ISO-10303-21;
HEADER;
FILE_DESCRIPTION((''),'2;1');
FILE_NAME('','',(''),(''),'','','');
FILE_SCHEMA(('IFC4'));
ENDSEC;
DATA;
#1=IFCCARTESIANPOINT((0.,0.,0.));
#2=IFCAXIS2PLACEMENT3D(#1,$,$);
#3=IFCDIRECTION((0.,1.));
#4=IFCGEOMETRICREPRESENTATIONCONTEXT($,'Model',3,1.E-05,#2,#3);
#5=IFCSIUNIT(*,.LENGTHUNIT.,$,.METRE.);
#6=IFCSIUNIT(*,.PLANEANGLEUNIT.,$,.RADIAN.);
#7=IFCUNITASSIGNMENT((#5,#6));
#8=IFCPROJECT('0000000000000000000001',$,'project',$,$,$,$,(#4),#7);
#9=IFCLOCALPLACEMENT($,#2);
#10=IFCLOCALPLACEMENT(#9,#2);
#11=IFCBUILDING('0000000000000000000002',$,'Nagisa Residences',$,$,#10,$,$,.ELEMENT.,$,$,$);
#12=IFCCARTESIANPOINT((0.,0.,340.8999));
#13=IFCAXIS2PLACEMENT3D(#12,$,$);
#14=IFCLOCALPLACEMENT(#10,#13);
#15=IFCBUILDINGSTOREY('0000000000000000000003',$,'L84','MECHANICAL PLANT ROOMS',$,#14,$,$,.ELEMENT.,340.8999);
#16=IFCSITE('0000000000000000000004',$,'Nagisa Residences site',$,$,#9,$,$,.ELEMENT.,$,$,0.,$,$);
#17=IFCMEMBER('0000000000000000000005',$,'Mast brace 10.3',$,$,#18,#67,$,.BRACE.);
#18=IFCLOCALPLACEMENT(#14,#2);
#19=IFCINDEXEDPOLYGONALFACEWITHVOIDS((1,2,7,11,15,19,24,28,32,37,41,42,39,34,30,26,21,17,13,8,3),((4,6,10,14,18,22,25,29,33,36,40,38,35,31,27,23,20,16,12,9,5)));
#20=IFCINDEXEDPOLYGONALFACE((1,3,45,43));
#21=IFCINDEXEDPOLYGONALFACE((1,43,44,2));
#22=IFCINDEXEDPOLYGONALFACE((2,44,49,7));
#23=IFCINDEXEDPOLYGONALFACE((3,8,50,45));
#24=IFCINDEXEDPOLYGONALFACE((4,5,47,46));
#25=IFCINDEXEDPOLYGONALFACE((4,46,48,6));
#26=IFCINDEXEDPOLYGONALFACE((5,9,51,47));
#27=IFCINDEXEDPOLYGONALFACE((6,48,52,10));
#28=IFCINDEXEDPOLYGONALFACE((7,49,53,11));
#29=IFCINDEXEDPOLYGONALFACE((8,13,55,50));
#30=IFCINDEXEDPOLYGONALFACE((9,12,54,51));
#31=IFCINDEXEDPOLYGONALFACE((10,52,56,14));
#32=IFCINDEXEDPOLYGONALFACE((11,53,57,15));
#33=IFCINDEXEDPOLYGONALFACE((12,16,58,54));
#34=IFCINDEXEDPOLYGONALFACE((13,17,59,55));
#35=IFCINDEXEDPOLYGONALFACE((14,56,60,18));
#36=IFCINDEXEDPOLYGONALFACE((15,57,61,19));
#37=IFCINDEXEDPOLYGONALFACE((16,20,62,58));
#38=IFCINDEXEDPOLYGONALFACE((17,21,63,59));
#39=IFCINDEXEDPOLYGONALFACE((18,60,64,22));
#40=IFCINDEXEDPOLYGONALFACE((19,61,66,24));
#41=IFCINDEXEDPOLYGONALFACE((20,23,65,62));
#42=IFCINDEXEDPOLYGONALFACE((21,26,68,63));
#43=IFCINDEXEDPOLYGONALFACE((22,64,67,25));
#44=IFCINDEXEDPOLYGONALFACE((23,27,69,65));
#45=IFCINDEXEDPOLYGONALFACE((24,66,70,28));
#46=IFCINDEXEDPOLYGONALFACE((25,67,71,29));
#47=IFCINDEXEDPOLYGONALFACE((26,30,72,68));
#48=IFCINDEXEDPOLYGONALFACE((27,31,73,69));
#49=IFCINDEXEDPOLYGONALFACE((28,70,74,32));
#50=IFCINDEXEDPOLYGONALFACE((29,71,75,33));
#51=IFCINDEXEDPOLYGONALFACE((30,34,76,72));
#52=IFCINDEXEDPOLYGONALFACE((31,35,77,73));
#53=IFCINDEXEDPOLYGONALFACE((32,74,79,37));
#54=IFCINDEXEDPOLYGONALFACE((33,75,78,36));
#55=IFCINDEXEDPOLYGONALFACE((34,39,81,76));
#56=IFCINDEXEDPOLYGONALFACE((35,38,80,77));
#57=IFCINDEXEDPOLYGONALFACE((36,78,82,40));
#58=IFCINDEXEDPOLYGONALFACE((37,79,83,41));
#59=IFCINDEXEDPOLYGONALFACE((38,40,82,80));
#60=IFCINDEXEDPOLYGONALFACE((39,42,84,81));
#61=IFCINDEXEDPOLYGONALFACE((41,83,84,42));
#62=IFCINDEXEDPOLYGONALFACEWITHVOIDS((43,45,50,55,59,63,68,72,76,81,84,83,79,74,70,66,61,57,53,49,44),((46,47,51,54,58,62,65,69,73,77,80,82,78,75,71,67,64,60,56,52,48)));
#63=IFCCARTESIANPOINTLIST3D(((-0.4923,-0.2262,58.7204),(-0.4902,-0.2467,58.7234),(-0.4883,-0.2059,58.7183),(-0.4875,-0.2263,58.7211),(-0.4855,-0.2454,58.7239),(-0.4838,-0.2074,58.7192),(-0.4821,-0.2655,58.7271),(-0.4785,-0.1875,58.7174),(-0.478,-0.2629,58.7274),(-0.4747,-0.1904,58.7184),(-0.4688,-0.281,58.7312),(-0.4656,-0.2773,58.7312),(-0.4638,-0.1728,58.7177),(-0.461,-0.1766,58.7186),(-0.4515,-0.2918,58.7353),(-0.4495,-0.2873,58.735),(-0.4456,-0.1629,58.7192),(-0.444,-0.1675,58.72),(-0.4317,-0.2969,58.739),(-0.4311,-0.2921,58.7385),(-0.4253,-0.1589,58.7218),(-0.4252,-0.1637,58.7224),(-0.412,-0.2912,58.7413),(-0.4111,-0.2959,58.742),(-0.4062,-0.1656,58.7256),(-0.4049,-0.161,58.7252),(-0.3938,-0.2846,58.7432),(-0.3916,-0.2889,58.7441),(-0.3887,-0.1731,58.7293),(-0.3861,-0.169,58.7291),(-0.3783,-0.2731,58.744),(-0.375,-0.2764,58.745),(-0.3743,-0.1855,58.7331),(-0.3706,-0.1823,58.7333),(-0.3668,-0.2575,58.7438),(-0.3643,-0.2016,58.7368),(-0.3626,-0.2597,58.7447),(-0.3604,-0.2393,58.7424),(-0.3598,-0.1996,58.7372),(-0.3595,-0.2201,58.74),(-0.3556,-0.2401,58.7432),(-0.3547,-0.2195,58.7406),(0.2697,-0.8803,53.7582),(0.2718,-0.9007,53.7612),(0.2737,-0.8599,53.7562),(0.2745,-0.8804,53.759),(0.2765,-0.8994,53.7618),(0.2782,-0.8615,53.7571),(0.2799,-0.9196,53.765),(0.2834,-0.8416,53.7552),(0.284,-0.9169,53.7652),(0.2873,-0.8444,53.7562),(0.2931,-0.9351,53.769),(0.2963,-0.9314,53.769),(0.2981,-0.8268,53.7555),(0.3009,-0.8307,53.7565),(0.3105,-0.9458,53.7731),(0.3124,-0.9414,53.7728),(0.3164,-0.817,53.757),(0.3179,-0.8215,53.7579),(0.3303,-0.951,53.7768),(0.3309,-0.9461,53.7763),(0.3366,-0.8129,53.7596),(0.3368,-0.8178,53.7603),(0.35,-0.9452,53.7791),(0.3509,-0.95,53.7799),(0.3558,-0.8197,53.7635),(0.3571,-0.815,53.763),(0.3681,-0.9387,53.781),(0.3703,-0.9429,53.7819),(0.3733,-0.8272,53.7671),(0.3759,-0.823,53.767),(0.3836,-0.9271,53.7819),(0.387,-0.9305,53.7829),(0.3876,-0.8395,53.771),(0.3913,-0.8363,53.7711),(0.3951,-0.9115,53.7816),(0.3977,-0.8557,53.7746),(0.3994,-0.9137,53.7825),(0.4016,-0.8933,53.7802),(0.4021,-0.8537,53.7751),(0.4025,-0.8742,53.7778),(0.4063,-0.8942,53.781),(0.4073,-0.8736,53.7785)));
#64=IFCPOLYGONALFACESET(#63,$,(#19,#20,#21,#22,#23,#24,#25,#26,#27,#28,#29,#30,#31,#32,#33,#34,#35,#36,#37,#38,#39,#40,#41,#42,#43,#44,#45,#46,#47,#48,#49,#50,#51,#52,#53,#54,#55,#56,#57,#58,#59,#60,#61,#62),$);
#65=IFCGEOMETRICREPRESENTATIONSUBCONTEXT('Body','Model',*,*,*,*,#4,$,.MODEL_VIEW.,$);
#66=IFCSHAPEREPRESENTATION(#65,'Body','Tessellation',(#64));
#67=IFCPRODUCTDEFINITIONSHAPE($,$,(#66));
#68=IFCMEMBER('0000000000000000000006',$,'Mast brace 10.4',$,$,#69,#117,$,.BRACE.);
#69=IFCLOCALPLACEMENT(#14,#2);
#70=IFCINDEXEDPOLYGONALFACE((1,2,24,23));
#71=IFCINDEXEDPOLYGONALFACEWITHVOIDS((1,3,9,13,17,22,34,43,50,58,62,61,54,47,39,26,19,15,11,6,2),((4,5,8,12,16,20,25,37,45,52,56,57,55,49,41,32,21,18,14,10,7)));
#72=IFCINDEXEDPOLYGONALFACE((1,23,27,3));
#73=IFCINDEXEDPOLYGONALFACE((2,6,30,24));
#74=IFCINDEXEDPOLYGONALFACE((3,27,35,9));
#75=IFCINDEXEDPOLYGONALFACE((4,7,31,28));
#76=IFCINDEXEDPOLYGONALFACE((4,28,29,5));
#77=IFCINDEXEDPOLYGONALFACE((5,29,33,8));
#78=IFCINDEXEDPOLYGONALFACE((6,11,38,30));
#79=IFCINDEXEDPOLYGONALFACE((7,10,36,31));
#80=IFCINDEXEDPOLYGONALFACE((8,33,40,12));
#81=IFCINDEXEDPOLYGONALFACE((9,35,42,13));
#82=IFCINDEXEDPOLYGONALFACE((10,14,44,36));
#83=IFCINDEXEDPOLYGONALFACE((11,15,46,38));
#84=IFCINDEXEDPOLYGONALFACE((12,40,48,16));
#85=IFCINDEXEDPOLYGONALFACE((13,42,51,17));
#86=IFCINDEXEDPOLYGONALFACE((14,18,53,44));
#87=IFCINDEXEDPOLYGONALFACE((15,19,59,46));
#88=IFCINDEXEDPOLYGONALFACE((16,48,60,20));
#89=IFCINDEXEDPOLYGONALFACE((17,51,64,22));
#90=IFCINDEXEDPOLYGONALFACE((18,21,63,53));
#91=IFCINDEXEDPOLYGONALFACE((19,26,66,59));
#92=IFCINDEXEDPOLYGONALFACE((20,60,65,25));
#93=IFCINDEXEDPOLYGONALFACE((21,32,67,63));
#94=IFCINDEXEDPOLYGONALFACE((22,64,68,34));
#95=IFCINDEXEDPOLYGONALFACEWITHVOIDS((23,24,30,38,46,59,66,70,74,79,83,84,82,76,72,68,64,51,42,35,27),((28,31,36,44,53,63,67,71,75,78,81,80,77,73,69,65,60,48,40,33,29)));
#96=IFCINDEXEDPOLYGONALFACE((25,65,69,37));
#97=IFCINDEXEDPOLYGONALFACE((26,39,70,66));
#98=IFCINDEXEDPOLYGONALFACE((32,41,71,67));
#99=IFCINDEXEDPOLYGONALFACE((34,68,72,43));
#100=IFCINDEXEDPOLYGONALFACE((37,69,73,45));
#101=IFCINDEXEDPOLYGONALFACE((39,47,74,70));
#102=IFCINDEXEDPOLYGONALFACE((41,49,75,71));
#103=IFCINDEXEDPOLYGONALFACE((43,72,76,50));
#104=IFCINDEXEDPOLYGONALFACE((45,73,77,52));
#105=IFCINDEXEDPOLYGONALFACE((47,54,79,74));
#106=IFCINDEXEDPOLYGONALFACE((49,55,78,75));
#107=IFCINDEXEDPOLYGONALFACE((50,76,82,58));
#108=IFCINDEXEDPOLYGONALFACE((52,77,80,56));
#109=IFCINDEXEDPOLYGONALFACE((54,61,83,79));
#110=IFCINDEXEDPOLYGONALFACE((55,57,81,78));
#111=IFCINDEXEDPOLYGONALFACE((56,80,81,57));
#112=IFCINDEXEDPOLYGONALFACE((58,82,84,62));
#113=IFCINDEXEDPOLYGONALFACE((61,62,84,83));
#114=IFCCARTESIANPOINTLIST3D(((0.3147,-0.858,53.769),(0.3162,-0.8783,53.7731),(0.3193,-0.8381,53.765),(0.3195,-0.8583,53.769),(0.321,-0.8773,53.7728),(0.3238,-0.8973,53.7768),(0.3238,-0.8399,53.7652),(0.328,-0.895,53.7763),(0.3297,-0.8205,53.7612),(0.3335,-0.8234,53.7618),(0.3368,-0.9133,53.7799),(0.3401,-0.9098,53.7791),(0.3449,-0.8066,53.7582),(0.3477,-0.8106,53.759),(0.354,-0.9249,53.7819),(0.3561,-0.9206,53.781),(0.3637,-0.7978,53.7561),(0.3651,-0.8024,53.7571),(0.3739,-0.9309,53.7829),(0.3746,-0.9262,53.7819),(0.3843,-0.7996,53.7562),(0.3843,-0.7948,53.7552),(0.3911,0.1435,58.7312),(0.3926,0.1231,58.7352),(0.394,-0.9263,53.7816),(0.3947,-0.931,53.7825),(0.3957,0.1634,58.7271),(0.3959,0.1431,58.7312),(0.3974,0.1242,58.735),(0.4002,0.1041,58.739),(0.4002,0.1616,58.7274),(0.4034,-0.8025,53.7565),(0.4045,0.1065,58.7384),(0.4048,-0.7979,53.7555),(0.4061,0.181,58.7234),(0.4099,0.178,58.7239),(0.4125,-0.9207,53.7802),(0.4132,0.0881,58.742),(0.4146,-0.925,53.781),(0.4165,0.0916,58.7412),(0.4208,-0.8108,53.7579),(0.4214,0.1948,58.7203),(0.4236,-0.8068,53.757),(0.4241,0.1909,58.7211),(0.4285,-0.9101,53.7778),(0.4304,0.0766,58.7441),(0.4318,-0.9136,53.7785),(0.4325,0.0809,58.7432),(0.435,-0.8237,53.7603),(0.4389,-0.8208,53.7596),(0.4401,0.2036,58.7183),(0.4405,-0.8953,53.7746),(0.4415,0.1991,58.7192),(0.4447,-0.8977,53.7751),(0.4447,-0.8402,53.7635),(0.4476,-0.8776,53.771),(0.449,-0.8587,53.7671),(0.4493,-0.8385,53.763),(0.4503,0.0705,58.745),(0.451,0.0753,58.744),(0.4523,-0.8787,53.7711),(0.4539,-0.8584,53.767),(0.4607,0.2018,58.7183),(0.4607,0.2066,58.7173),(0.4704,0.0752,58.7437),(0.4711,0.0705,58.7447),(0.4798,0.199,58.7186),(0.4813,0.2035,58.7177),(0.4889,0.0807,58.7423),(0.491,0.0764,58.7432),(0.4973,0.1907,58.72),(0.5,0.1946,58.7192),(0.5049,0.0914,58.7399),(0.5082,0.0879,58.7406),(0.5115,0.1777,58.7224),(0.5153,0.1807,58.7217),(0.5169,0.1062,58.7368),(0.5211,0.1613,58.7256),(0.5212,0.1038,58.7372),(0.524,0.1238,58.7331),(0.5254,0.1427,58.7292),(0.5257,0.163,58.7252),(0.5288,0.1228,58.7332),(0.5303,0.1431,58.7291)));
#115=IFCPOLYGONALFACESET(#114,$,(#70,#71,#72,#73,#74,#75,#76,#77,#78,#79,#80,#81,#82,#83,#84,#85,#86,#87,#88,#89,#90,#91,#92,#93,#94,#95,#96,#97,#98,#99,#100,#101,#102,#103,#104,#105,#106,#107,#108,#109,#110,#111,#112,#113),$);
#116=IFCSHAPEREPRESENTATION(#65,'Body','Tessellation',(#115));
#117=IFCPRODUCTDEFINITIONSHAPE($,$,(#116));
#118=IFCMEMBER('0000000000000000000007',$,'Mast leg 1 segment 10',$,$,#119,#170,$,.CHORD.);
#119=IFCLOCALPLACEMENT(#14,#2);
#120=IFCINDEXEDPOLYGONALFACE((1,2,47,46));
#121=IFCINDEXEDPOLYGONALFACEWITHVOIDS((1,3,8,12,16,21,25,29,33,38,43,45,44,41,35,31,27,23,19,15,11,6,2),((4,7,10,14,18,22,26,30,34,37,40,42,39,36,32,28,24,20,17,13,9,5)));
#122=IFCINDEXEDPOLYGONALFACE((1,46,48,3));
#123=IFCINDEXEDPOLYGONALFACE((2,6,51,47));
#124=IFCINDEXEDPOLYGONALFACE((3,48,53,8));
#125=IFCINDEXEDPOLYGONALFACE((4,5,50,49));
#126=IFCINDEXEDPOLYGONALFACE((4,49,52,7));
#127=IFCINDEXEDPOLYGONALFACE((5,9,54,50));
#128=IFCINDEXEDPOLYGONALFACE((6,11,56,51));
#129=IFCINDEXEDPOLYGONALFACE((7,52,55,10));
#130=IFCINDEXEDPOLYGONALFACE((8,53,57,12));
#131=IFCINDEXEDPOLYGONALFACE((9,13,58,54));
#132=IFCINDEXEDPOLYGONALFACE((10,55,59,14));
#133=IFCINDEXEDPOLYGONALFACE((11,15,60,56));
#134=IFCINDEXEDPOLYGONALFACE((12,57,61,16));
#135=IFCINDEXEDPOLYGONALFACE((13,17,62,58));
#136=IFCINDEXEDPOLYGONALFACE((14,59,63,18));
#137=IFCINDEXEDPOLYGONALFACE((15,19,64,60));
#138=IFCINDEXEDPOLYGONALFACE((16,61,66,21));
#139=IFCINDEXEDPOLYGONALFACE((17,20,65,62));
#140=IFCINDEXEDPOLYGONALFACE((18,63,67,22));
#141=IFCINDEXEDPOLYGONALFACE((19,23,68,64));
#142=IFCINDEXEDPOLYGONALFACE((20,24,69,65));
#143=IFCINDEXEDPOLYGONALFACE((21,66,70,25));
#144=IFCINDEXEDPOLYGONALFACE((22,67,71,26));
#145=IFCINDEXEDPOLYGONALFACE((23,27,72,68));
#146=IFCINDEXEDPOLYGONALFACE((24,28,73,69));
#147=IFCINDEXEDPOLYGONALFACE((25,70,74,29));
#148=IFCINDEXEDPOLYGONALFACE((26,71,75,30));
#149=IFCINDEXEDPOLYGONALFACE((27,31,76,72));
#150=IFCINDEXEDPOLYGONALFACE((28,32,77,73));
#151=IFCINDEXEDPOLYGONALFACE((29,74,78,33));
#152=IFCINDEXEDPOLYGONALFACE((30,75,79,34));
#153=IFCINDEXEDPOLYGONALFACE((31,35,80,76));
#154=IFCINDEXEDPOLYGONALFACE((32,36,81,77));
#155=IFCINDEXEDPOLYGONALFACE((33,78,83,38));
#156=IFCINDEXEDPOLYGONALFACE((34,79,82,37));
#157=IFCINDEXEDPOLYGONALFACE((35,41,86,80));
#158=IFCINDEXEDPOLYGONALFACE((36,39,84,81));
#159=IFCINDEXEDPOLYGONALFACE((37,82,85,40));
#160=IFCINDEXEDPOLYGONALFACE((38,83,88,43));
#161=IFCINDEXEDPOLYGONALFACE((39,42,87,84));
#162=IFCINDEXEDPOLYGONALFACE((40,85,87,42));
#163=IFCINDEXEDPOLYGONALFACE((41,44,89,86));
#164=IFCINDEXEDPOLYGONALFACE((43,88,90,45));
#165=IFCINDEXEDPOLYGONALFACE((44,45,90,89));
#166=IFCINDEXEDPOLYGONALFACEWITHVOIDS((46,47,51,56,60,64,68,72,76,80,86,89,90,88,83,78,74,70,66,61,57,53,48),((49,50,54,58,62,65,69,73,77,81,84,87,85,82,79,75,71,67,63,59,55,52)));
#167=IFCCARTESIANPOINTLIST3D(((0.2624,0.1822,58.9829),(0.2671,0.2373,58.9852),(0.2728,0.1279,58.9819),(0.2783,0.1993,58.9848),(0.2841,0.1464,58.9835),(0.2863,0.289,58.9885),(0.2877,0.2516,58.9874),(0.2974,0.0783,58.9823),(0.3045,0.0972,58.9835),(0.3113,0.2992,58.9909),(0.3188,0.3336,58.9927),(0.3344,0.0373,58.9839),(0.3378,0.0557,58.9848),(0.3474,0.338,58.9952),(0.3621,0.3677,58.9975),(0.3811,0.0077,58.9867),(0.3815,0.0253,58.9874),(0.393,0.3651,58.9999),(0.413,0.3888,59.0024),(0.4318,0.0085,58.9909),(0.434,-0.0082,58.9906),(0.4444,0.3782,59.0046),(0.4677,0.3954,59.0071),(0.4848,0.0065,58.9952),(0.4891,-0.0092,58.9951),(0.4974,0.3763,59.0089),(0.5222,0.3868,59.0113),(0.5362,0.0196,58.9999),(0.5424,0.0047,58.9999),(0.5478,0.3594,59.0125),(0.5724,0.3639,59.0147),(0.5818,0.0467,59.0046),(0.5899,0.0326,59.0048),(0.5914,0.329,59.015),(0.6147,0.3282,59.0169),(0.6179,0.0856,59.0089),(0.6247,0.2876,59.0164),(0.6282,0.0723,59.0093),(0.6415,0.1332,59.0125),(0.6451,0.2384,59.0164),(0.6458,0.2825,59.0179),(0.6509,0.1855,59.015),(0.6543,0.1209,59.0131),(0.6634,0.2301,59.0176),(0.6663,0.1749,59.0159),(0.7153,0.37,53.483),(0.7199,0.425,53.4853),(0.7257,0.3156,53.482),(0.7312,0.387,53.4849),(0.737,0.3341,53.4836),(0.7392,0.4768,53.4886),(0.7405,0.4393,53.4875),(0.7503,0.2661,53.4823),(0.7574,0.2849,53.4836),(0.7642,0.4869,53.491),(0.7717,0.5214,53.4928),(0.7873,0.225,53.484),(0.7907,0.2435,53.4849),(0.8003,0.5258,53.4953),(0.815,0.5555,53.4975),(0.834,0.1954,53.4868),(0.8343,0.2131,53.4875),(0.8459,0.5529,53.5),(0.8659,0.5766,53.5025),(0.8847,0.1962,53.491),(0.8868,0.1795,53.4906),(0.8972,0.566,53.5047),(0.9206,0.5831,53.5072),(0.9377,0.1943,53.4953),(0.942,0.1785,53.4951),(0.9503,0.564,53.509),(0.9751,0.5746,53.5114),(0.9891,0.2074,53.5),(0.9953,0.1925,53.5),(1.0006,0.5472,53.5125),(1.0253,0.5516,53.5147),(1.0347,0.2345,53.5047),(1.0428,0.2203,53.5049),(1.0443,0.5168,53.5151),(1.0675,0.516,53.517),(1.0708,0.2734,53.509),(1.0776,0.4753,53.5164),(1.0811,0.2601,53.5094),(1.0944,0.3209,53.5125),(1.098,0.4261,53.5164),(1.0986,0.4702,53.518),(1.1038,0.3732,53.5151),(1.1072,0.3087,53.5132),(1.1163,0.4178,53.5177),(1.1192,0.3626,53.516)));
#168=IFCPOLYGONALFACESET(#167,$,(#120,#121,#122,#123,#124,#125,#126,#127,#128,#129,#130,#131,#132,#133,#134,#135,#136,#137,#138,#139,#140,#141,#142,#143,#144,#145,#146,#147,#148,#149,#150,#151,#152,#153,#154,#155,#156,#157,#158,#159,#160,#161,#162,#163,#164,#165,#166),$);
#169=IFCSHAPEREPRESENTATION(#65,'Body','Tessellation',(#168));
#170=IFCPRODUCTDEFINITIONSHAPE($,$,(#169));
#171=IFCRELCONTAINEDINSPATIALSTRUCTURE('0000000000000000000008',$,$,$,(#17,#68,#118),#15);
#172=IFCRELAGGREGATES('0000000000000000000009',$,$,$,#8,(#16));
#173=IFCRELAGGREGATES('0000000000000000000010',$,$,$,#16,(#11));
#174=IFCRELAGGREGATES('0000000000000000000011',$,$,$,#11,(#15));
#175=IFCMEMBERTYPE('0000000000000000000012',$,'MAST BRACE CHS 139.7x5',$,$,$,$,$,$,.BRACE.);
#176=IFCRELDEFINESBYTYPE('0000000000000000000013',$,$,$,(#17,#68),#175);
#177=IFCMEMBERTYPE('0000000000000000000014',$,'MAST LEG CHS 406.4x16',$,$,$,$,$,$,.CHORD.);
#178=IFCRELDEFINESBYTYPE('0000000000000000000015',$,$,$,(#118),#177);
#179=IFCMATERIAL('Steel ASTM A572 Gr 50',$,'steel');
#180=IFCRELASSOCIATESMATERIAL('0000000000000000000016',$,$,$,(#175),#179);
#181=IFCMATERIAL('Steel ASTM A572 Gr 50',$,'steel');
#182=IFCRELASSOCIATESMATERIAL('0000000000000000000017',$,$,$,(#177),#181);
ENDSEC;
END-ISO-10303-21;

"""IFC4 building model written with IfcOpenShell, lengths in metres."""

from ifc_helpers import new_model, si_unit, direction, frame, origin, origin_2d, place, context, subcontext, project, spatial, hollow_circle, extrude, material, material_profile, profile_set, type_object, element, save


model = new_model("IFC4")

# Units and contexts
model_context = context("Model", 3, precision=1e-05, world=origin(), true_north=direction((0.0, 1.0)))
body_context = subcontext(model_context, "Body", "Model", "MODEL_VIEW")
ifc_project = project(units=[si_unit("LENGTHUNIT", "METRE"), si_unit("PLANEANGLEUNIT", "RADIAN")], contexts=[model_context])

# Site, building, storey
site_placement = place(None, origin())
site = spatial("IfcSite", under=ifc_project, at=site_placement, Name="Nagisa Residences site", CompositionType="ELEMENT", RefElevation=0.0)
building_placement = place(site_placement, origin())
building = spatial("IfcBuilding", under=site, at=building_placement, Name="Nagisa Residences", CompositionType="ELEMENT")
storey_placement = place(building_placement, frame((0.0, 0.0, 340.8999)))
storey = spatial("IfcBuildingStorey", under=building, at=storey_placement, Name="L84", Description="MECHANICAL PLANT ROOMS", CompositionType="ELEMENT", Elevation=340.8999)

# Members
ifc_material_1 = material(Name="Steel ASTM A572 Gr 50", Category="steel")
ifc_material_profile_1 = material_profile(ifc_material_1, hollow_circle(Radius=0.0698, WallThickness=0.0049, at=origin_2d()), Name="MAST BRACE CHS 139.7x5")
ifc_profile_set_1 = profile_set([ifc_material_profile_1], Name="Steel ASTM A572 Gr 50")
member_type_1 = type_object("IfcMemberType", Name="MAST BRACE CHS 139.7x5", PredefinedType="BRACE", material=ifc_profile_set_1)
for number, where, z_axis, x_axis, name in (
    (1, (0.3386, -0.8821, 53.769), (-0.150504, 0.129189, 0.980132), (-0.651332, -0.758793, 0.0), "Mast brace 10.3"),
    (2, (0.3843, -0.8633, 53.769), (0.015094, 0.197809, 0.980124), (-0.997101, 0.076083, 0.0), "Mast brace 10.4"),
):
    element("IfcMember", number, at=place(storey_placement, frame(where, z_axis=z_axis, x_axis=x_axis)), inside=storey, type_object=member_type_1, Name=name, PredefinedType="BRACE", context=body_context, shape_type="SweptSolid", body=[
        extrude(hollow_circle(Radius=0.0698, WallThickness=0.0049, at=origin_2d()), origin(), (0.0, 0.0, 1.0), 5.0627),
    ])
ifc_material_2 = material(Name="Steel ASTM A572 Gr 50", Category="steel")
ifc_material_profile_2 = material_profile(ifc_material_2, hollow_circle(Radius=0.2031, WallThickness=0.0161, at=origin_2d()), Name="MAST LEG CHS 406.4x16")
ifc_profile_set_2 = profile_set([ifc_material_profile_2], Name="Steel ASTM A572 Gr 50")
member_type_2 = type_object("IfcMemberType", Name="MAST LEG CHS 406.4x16", PredefinedType="CHORD", material=ifc_profile_set_2)
for number, where, z_axis, x_axis, name in (
    (3, (0.9175, 0.3801, 53.5), (-0.082017, -0.034, 0.996051), (0.382953, -0.923768, 0.0), "Mast leg 1 segment 10"),
):
    element("IfcMember", number, at=place(storey_placement, frame(where, z_axis=z_axis, x_axis=x_axis)), inside=storey, type_object=member_type_2, Name=name, PredefinedType="CHORD", context=body_context, shape_type="SweptSolid", body=[
        extrude(hollow_circle(Radius=0.2031, WallThickness=0.0161, at=origin_2d()), origin(), (0.0, 0.0, 1.0), 5.5217),
    ])

save(model, "model.ifc")
